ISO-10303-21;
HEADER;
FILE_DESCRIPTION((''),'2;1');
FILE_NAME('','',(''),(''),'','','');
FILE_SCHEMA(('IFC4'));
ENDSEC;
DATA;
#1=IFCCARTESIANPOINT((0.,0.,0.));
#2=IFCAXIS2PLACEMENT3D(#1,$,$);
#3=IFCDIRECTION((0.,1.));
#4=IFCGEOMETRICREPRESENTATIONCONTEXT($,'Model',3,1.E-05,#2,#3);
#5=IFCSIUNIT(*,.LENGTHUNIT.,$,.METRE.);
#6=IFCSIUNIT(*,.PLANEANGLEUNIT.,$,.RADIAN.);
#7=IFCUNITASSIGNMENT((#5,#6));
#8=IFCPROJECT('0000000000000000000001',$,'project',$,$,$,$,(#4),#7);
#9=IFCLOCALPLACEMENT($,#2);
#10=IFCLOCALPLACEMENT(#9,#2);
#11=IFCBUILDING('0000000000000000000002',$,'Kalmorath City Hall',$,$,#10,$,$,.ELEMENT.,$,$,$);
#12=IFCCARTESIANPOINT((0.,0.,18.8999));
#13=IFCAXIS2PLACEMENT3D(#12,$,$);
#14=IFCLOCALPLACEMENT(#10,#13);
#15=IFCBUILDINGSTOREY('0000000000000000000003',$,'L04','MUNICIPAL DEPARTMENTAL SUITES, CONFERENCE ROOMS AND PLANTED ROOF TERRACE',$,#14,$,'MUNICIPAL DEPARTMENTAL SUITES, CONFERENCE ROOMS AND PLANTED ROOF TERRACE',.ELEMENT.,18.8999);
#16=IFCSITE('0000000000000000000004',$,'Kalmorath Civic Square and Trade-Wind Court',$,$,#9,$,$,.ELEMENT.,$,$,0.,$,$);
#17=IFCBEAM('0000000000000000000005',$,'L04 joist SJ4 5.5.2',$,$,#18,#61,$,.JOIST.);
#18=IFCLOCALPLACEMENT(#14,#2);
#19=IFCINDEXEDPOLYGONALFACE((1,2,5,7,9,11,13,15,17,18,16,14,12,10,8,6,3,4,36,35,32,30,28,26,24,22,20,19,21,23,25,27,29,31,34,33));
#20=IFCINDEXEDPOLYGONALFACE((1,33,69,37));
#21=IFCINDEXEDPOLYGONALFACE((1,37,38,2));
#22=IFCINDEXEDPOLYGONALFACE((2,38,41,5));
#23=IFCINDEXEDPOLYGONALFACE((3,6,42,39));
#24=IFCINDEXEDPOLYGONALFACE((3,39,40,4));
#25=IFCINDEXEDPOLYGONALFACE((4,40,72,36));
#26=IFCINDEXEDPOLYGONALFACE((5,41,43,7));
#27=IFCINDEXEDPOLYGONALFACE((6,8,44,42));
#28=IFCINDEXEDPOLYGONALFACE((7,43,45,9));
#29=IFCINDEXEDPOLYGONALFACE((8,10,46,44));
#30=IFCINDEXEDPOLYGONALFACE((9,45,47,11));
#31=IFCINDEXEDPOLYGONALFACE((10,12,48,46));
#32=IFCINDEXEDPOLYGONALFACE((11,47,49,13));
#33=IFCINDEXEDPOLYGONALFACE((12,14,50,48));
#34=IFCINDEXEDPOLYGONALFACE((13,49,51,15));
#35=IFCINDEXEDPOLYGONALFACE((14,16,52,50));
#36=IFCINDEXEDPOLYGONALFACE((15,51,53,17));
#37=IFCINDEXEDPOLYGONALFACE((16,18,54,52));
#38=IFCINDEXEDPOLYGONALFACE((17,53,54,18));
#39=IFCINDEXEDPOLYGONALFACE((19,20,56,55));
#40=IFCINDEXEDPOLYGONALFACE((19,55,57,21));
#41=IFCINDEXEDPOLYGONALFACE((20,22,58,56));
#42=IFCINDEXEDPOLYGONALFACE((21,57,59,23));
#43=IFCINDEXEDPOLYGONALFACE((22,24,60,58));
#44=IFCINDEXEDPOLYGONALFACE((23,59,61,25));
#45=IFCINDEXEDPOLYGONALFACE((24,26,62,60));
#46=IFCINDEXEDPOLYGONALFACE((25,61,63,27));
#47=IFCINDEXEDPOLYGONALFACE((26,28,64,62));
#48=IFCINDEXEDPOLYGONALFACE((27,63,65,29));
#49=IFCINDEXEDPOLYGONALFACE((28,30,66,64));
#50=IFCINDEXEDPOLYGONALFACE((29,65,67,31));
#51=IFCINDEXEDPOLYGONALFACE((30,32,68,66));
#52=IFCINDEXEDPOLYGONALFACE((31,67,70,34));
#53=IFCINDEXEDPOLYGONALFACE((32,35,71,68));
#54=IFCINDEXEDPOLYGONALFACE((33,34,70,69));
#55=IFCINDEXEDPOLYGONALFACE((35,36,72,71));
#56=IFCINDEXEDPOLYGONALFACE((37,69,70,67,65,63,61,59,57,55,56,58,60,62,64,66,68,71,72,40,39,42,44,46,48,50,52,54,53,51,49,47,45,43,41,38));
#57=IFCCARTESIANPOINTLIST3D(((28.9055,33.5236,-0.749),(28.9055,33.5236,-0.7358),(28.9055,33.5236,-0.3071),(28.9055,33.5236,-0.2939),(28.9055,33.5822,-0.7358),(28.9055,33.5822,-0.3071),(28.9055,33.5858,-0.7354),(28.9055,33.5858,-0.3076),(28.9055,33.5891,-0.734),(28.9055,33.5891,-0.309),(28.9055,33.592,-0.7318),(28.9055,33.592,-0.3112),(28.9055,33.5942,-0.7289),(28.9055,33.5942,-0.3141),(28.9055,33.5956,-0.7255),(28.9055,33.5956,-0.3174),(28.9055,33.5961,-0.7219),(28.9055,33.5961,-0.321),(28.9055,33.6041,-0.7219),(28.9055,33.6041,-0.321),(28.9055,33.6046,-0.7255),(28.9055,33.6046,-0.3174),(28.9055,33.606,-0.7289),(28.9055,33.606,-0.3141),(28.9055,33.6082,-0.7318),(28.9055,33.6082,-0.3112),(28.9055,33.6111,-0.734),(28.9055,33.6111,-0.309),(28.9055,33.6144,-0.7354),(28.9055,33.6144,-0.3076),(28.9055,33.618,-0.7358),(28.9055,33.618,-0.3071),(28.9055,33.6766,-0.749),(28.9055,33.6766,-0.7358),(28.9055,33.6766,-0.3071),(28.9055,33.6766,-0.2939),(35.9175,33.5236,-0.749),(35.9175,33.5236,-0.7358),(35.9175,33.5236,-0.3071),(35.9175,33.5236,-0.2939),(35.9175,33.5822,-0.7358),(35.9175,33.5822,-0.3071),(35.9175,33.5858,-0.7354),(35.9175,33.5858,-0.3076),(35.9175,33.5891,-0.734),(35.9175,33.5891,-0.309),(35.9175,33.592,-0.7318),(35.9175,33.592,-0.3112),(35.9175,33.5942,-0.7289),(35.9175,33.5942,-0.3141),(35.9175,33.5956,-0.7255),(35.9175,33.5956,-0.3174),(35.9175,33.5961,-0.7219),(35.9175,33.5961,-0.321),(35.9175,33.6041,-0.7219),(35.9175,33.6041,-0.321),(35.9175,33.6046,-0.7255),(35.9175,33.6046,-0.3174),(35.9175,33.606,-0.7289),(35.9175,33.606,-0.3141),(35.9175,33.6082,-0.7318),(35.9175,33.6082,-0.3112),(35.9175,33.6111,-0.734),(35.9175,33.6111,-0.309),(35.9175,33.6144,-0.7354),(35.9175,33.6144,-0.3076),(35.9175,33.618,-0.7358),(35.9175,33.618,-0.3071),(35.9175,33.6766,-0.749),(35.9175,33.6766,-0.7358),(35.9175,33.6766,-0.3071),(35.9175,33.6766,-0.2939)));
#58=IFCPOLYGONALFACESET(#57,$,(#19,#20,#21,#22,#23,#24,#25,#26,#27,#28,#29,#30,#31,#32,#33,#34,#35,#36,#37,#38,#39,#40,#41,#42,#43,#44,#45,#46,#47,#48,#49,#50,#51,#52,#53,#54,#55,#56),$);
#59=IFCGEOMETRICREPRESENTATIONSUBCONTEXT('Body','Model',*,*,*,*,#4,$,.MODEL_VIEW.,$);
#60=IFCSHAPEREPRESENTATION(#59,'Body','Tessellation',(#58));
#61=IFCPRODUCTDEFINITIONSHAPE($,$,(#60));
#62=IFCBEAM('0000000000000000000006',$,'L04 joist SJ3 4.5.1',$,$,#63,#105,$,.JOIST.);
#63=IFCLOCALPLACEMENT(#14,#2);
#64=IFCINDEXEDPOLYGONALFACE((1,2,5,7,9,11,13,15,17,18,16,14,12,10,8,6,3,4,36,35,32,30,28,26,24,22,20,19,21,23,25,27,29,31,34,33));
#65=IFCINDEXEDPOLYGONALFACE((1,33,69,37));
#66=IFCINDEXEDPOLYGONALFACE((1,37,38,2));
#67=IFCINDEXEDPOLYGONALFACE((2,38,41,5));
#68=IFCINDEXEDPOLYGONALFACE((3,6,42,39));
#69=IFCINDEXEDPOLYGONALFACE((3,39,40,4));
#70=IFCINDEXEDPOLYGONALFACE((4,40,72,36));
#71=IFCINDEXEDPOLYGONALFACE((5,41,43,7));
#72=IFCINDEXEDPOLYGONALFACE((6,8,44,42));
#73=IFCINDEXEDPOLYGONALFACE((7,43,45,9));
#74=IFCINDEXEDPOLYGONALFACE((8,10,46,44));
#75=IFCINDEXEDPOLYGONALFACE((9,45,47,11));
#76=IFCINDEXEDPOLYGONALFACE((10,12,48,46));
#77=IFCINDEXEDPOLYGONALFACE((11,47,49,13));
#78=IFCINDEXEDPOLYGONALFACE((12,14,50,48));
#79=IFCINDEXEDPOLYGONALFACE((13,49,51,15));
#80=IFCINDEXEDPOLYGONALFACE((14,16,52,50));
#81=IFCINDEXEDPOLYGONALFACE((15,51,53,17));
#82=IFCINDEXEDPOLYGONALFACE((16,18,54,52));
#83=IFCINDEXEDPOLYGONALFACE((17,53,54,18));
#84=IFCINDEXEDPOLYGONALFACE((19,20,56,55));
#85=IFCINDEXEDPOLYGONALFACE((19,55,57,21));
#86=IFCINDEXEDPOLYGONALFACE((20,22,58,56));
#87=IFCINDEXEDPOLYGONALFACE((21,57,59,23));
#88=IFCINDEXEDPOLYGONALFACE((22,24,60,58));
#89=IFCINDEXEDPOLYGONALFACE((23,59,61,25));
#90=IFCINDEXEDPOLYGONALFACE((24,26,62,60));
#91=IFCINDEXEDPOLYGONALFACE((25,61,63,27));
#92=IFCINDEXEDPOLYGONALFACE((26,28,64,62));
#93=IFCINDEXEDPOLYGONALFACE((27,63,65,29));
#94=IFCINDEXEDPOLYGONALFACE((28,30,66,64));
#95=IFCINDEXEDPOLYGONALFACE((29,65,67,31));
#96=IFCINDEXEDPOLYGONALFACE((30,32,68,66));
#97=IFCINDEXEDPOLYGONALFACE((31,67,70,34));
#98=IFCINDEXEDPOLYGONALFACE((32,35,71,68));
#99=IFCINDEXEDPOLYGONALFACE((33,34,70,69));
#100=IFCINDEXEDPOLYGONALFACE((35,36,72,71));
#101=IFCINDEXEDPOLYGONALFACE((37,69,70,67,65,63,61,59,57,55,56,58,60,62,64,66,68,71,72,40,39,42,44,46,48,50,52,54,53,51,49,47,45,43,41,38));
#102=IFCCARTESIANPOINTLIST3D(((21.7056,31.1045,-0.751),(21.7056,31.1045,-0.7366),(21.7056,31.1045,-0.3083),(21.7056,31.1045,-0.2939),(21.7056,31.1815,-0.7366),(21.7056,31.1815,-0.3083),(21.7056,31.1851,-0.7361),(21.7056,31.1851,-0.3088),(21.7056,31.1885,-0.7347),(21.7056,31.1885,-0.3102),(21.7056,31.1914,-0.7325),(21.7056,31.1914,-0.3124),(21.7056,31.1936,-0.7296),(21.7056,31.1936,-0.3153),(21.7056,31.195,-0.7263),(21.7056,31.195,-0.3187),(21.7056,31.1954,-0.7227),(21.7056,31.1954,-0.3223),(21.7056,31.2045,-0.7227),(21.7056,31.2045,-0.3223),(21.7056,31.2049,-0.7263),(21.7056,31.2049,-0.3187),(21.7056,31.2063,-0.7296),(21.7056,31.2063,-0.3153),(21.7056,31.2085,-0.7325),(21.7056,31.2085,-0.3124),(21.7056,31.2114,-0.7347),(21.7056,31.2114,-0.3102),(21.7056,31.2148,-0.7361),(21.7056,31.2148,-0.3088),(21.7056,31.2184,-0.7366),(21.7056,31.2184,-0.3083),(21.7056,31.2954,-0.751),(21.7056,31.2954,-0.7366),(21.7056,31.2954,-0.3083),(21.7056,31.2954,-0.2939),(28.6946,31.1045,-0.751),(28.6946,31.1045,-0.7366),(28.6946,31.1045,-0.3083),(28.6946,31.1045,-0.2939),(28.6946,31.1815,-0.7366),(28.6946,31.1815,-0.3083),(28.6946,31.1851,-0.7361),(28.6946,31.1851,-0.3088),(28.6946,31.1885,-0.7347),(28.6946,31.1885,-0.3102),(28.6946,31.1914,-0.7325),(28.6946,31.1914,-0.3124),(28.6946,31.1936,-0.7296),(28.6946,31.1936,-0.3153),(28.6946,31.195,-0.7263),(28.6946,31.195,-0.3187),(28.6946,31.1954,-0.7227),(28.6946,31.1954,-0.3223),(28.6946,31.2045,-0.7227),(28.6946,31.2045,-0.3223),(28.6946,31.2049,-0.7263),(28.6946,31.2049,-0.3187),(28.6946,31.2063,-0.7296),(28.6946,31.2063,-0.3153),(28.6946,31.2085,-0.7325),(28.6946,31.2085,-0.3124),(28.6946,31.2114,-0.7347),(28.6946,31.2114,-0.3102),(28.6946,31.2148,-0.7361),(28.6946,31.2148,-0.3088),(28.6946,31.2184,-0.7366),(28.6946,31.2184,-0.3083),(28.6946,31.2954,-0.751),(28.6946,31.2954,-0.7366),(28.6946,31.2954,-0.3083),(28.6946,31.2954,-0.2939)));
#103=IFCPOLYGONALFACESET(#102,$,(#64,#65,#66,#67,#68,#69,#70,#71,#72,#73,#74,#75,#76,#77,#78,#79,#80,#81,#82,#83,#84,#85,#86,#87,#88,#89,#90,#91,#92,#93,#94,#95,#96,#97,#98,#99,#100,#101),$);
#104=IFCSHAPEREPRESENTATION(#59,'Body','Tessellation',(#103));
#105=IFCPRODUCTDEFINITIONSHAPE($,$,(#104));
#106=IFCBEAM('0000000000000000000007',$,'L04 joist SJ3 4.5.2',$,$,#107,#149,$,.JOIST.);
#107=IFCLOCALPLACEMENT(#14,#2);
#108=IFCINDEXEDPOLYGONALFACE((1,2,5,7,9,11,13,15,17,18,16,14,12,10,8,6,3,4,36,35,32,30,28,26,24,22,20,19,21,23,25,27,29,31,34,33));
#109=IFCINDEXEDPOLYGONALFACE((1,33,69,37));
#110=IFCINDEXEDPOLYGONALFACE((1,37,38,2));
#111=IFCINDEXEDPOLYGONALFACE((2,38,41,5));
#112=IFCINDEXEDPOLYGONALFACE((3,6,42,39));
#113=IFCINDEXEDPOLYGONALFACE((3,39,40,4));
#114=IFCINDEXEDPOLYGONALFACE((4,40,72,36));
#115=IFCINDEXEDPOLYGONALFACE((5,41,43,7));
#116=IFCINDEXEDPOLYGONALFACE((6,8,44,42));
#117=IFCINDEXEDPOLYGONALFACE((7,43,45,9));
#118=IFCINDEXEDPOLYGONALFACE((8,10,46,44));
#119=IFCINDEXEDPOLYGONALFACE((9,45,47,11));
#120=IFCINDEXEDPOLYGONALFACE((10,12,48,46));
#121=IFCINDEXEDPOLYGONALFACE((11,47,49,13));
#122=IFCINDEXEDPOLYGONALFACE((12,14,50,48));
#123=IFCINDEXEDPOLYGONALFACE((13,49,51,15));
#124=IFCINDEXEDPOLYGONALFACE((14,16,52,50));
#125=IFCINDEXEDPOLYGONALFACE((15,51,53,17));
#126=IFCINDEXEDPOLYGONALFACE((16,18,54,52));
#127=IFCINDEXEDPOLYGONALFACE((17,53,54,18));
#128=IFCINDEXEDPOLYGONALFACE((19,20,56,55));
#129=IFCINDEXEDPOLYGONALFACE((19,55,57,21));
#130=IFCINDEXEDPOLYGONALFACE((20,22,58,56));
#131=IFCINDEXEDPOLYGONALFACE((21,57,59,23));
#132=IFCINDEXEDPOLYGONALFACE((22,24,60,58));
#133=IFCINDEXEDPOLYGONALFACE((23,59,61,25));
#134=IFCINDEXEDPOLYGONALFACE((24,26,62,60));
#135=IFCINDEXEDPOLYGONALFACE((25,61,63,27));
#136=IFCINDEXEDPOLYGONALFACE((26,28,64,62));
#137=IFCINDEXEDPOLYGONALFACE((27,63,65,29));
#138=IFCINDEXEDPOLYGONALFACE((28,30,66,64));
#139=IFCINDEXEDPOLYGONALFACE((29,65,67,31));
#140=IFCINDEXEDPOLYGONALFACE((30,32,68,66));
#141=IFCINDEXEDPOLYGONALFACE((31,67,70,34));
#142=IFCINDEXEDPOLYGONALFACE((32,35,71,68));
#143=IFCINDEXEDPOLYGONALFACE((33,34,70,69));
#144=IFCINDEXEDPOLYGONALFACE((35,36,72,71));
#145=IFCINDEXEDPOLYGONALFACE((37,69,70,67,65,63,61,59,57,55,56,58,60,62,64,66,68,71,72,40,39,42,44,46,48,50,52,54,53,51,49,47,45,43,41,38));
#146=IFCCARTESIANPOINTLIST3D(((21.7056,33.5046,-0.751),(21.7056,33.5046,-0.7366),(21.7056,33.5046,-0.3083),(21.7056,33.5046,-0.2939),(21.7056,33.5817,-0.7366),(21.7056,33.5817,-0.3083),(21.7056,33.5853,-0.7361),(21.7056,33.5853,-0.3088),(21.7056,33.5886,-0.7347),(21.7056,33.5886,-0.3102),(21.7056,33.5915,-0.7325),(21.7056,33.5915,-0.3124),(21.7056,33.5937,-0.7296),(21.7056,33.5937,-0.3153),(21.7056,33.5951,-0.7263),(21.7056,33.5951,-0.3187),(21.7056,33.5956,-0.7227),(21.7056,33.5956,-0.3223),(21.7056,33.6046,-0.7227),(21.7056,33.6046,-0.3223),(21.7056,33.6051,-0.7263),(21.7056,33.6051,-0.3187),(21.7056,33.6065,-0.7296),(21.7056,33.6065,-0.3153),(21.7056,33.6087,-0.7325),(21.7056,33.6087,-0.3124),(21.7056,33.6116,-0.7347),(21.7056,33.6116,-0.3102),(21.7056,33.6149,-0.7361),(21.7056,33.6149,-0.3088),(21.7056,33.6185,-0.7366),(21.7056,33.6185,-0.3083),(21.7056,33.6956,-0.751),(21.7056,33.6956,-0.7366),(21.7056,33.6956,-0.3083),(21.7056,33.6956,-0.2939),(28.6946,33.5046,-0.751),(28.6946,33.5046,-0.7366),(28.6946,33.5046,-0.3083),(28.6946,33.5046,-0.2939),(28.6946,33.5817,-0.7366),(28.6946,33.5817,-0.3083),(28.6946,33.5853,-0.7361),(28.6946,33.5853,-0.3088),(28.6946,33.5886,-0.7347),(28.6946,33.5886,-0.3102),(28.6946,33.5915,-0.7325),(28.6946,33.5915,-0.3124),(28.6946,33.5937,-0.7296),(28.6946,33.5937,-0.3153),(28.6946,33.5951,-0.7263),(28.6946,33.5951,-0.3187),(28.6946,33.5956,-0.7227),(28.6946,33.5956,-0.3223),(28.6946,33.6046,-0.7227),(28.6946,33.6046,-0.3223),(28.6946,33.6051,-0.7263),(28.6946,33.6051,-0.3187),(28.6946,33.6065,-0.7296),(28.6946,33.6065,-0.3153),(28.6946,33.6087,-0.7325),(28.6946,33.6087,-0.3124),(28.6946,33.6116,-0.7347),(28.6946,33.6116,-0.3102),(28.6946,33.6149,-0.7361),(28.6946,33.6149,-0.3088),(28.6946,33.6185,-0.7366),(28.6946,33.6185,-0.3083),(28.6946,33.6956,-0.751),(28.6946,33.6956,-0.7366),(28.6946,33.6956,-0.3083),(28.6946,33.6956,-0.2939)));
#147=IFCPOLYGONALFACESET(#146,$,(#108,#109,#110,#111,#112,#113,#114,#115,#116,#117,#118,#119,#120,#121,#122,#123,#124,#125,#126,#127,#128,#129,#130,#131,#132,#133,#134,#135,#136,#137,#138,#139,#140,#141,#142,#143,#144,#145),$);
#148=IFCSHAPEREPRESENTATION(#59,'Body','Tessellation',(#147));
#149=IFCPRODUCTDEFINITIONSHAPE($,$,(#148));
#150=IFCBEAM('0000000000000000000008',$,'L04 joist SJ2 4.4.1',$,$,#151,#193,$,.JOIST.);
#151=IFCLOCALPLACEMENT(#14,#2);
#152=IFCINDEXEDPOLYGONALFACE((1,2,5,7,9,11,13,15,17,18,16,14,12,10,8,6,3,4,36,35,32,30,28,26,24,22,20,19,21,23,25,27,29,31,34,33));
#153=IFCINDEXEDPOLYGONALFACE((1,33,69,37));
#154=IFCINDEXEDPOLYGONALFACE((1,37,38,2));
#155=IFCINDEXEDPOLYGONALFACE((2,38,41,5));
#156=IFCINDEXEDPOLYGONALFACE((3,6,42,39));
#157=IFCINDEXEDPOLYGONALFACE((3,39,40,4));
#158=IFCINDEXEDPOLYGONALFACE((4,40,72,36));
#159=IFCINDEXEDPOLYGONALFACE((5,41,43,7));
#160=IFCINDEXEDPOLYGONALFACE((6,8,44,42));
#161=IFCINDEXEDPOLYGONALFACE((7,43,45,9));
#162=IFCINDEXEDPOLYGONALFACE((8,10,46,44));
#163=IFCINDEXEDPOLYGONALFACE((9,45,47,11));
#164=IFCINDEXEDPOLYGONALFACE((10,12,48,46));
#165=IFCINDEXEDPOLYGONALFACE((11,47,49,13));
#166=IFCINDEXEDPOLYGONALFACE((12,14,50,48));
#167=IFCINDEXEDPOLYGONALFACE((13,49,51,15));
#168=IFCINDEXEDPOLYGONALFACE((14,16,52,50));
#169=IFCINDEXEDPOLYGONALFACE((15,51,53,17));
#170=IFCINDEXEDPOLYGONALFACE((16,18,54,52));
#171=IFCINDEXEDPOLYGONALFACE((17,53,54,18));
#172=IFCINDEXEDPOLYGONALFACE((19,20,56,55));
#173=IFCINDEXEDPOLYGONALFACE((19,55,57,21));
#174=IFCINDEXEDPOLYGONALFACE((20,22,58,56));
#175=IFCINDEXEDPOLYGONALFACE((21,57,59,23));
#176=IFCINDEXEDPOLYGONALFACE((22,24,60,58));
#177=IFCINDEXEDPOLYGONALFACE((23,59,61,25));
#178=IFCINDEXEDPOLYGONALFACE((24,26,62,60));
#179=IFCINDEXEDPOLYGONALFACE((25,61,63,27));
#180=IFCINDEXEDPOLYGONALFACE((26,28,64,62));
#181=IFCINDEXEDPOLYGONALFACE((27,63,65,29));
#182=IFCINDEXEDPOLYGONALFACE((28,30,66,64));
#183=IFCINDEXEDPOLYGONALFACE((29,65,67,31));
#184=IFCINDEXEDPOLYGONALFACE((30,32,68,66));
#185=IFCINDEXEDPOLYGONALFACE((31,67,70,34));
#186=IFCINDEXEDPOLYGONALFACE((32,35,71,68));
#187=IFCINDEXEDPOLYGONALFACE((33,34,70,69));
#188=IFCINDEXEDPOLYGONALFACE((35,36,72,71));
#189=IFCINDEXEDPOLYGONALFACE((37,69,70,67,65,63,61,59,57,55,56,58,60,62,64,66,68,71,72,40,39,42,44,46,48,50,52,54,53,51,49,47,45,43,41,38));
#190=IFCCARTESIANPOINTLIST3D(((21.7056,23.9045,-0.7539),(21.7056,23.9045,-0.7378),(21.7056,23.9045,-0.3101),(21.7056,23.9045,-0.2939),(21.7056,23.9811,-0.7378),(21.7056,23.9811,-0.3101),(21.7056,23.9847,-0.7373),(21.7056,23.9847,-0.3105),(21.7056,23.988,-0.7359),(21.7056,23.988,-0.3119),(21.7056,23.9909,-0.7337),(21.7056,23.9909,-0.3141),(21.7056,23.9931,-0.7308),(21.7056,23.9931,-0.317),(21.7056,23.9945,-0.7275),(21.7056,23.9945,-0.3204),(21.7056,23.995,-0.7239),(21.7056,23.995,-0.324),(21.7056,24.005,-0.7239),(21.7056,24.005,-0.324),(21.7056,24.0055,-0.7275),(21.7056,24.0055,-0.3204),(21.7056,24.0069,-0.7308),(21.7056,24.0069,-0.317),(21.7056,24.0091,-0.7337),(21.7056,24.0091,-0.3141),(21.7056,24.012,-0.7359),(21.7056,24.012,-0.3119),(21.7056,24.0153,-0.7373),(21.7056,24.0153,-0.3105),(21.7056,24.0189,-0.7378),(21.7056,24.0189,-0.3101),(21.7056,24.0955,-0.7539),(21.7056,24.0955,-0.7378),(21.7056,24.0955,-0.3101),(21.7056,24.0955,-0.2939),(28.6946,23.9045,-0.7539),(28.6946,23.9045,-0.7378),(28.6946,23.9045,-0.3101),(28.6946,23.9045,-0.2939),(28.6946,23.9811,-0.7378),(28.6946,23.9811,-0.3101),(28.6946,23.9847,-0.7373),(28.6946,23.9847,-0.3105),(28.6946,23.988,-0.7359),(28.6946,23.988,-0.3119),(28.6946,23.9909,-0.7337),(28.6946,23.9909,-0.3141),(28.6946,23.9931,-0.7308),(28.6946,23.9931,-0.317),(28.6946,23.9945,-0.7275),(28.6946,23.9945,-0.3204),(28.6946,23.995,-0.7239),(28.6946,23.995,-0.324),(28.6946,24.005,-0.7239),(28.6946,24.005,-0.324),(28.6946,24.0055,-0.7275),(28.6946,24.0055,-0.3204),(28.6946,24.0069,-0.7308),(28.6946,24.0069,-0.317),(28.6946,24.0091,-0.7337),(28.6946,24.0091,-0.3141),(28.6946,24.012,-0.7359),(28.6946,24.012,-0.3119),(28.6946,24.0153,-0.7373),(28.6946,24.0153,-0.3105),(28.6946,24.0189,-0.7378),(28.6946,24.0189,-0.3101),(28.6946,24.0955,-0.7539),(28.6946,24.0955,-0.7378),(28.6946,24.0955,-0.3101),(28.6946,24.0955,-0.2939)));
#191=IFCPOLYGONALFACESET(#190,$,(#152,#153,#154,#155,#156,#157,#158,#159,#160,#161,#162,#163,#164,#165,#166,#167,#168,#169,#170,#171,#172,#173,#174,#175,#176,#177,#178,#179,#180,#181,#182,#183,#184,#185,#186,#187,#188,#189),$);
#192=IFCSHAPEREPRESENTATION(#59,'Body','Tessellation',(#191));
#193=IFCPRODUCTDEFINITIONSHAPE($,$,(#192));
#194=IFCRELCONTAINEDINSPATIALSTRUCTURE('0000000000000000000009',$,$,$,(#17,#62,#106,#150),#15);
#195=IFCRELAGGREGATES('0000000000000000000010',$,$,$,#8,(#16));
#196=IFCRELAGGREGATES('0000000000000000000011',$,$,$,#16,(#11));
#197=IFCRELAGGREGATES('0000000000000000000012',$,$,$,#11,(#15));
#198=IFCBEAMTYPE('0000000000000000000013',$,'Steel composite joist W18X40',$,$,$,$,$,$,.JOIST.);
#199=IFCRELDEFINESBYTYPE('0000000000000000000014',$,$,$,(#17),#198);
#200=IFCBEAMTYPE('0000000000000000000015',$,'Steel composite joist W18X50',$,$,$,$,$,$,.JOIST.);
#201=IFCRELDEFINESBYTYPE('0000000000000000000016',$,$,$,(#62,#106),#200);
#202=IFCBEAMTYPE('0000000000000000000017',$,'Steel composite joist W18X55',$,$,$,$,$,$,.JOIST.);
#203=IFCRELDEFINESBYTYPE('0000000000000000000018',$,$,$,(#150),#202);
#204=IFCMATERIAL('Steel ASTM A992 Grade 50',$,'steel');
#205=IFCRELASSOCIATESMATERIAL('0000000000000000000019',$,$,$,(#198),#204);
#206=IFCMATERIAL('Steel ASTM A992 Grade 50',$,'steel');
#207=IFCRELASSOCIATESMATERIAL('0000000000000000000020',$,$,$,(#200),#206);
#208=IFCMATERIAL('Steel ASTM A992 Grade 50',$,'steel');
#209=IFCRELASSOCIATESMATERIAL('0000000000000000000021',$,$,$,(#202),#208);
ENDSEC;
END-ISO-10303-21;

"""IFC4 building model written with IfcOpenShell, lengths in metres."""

from ifc_helpers import new_model, si_unit, direction, frame, origin, origin_2d, place, context, subcontext, project, spatial, i_section, extrude, material, material_profile, profile_set, type_object, element, save


model = new_model("IFC4")

# Units and contexts
model_context = context("Model", 3, precision=1e-05, world=origin(), true_north=direction((0.0, 1.0)))
body_context = subcontext(model_context, "Body", "Model", "MODEL_VIEW")
ifc_project = project(units=[si_unit("LENGTHUNIT", "METRE"), si_unit("PLANEANGLEUNIT", "RADIAN")], contexts=[model_context])

# Site, building, storey
site_placement = place(None, origin())
site = spatial("IfcSite", under=ifc_project, at=site_placement, Name="Kalmorath Civic Square and Trade-Wind Court", CompositionType="ELEMENT", RefElevation=0.0)
building_placement = place(site_placement, origin())
building = spatial("IfcBuilding", under=site, at=building_placement, Name="Kalmorath City Hall", CompositionType="ELEMENT")
storey_placement = place(building_placement, frame((0.0, 0.0, 18.8999)))
storey = spatial("IfcBuildingStorey", under=building, at=storey_placement, Name="L04", Description="MUNICIPAL DEPARTMENTAL SUITES, CONFERENCE ROOMS AND PLANTED ROOF TERRACE", LongName="MUNICIPAL DEPARTMENTAL SUITES, CONFERENCE ROOMS AND PLANTED ROOF TERRACE", CompositionType="ELEMENT", Elevation=18.8999)

# Beams
ifc_material_1 = material(Name="Steel ASTM A992 Grade 50", Category="steel")
ifc_material_profile_1 = material_profile(ifc_material_1, i_section(OverallWidth=0.1531, OverallDepth=0.4551, WebThickness=0.0081, FlangeThickness=0.0132, FilletRadius=0.0139, at=origin_2d()), Name="W18X40")
ifc_profile_set_1 = profile_set([ifc_material_profile_1], Name="Steel ASTM A992 Grade 50")
beam_type_1 = type_object("IfcBeamType", Name="Steel composite joist W18X40", PredefinedType="JOIST", material=ifc_profile_set_1)
for number, where, z_axis, x_axis, name in (
    (1, (28.9055, 33.6001, -0.5215), (1.0, 0.0, 0.0), (0.0, 1.0, 0.0), "L04 joist SJ4 5.5.2"),
):
    element("IfcBeam", number, at=place(storey_placement, frame(where, z_axis=z_axis, x_axis=x_axis)), inside=storey, type_object=beam_type_1, Name=name, PredefinedType="JOIST", context=body_context, shape_type="SweptSolid", body=[
        extrude(i_section(OverallWidth=0.1531, OverallDepth=0.4551, WebThickness=0.0081, FlangeThickness=0.0132, FilletRadius=0.0139, at=origin_2d()), origin(), (0.0, 0.0, 1.0), 7.012),
    ])
ifc_material_2 = material(Name="Steel ASTM A992 Grade 50", Category="steel")
ifc_material_profile_2 = material_profile(ifc_material_2, i_section(OverallWidth=0.1909, OverallDepth=0.457, WebThickness=0.009, FlangeThickness=0.0144, FilletRadius=0.0139, at=origin_2d()), Name="W18X50")
ifc_profile_set_2 = profile_set([ifc_material_profile_2], Name="Steel ASTM A992 Grade 50")
beam_type_2 = type_object("IfcBeamType", Name="Steel composite joist W18X50", PredefinedType="JOIST", material=ifc_profile_set_2)
for number, where, z_axis, x_axis, name in (
    (2, (21.7056, 31.2, -0.5225), (1.0, 0.0, 0.0), (0.0, 1.0, 0.0), "L04 joist SJ3 4.5.1"),
    (3, (21.7056, 33.6001, -0.5225), (1.0, 0.0, 0.0), (0.0, 1.0, 0.0), "L04 joist SJ3 4.5.2"),
):
    element("IfcBeam", number, at=place(storey_placement, frame(where, z_axis=z_axis, x_axis=x_axis)), inside=storey, type_object=beam_type_2, Name=name, PredefinedType="JOIST", context=body_context, shape_type="SweptSolid", body=[
        extrude(i_section(OverallWidth=0.1909, OverallDepth=0.457, WebThickness=0.009, FlangeThickness=0.0144, FilletRadius=0.0139, at=origin_2d()), origin(), (0.0, 0.0, 1.0), 6.989),
    ])
ifc_material_3 = material(Name="Steel ASTM A992 Grade 50", Category="steel")
ifc_material_profile_3 = material_profile(ifc_material_3, i_section(OverallWidth=0.1909, OverallDepth=0.46, WebThickness=0.01, FlangeThickness=0.0161, FilletRadius=0.0139, at=origin_2d()), Name="W18X55")
ifc_profile_set_3 = profile_set([ifc_material_profile_3], Name="Steel ASTM A992 Grade 50")
beam_type_3 = type_object("IfcBeamType", Name="Steel composite joist W18X55", PredefinedType="JOIST", material=ifc_profile_set_3)
for number, where, z_axis, x_axis, name in (
    (4, (21.7056, 24.0, -0.5239), (1.0, 0.0, 0.0), (0.0, 1.0, 0.0), "L04 joist SJ2 4.4.1"),
):
    element("IfcBeam", number, at=place(storey_placement, frame(where, z_axis=z_axis, x_axis=x_axis)), inside=storey, type_object=beam_type_3, Name=name, PredefinedType="JOIST", context=body_context, shape_type="SweptSolid", body=[
        extrude(i_section(OverallWidth=0.1909, OverallDepth=0.46, WebThickness=0.01, FlangeThickness=0.0161, FilletRadius=0.0139, at=origin_2d()), origin(), (0.0, 0.0, 1.0), 6.989),
    ])

save(model, "model.ifc")
